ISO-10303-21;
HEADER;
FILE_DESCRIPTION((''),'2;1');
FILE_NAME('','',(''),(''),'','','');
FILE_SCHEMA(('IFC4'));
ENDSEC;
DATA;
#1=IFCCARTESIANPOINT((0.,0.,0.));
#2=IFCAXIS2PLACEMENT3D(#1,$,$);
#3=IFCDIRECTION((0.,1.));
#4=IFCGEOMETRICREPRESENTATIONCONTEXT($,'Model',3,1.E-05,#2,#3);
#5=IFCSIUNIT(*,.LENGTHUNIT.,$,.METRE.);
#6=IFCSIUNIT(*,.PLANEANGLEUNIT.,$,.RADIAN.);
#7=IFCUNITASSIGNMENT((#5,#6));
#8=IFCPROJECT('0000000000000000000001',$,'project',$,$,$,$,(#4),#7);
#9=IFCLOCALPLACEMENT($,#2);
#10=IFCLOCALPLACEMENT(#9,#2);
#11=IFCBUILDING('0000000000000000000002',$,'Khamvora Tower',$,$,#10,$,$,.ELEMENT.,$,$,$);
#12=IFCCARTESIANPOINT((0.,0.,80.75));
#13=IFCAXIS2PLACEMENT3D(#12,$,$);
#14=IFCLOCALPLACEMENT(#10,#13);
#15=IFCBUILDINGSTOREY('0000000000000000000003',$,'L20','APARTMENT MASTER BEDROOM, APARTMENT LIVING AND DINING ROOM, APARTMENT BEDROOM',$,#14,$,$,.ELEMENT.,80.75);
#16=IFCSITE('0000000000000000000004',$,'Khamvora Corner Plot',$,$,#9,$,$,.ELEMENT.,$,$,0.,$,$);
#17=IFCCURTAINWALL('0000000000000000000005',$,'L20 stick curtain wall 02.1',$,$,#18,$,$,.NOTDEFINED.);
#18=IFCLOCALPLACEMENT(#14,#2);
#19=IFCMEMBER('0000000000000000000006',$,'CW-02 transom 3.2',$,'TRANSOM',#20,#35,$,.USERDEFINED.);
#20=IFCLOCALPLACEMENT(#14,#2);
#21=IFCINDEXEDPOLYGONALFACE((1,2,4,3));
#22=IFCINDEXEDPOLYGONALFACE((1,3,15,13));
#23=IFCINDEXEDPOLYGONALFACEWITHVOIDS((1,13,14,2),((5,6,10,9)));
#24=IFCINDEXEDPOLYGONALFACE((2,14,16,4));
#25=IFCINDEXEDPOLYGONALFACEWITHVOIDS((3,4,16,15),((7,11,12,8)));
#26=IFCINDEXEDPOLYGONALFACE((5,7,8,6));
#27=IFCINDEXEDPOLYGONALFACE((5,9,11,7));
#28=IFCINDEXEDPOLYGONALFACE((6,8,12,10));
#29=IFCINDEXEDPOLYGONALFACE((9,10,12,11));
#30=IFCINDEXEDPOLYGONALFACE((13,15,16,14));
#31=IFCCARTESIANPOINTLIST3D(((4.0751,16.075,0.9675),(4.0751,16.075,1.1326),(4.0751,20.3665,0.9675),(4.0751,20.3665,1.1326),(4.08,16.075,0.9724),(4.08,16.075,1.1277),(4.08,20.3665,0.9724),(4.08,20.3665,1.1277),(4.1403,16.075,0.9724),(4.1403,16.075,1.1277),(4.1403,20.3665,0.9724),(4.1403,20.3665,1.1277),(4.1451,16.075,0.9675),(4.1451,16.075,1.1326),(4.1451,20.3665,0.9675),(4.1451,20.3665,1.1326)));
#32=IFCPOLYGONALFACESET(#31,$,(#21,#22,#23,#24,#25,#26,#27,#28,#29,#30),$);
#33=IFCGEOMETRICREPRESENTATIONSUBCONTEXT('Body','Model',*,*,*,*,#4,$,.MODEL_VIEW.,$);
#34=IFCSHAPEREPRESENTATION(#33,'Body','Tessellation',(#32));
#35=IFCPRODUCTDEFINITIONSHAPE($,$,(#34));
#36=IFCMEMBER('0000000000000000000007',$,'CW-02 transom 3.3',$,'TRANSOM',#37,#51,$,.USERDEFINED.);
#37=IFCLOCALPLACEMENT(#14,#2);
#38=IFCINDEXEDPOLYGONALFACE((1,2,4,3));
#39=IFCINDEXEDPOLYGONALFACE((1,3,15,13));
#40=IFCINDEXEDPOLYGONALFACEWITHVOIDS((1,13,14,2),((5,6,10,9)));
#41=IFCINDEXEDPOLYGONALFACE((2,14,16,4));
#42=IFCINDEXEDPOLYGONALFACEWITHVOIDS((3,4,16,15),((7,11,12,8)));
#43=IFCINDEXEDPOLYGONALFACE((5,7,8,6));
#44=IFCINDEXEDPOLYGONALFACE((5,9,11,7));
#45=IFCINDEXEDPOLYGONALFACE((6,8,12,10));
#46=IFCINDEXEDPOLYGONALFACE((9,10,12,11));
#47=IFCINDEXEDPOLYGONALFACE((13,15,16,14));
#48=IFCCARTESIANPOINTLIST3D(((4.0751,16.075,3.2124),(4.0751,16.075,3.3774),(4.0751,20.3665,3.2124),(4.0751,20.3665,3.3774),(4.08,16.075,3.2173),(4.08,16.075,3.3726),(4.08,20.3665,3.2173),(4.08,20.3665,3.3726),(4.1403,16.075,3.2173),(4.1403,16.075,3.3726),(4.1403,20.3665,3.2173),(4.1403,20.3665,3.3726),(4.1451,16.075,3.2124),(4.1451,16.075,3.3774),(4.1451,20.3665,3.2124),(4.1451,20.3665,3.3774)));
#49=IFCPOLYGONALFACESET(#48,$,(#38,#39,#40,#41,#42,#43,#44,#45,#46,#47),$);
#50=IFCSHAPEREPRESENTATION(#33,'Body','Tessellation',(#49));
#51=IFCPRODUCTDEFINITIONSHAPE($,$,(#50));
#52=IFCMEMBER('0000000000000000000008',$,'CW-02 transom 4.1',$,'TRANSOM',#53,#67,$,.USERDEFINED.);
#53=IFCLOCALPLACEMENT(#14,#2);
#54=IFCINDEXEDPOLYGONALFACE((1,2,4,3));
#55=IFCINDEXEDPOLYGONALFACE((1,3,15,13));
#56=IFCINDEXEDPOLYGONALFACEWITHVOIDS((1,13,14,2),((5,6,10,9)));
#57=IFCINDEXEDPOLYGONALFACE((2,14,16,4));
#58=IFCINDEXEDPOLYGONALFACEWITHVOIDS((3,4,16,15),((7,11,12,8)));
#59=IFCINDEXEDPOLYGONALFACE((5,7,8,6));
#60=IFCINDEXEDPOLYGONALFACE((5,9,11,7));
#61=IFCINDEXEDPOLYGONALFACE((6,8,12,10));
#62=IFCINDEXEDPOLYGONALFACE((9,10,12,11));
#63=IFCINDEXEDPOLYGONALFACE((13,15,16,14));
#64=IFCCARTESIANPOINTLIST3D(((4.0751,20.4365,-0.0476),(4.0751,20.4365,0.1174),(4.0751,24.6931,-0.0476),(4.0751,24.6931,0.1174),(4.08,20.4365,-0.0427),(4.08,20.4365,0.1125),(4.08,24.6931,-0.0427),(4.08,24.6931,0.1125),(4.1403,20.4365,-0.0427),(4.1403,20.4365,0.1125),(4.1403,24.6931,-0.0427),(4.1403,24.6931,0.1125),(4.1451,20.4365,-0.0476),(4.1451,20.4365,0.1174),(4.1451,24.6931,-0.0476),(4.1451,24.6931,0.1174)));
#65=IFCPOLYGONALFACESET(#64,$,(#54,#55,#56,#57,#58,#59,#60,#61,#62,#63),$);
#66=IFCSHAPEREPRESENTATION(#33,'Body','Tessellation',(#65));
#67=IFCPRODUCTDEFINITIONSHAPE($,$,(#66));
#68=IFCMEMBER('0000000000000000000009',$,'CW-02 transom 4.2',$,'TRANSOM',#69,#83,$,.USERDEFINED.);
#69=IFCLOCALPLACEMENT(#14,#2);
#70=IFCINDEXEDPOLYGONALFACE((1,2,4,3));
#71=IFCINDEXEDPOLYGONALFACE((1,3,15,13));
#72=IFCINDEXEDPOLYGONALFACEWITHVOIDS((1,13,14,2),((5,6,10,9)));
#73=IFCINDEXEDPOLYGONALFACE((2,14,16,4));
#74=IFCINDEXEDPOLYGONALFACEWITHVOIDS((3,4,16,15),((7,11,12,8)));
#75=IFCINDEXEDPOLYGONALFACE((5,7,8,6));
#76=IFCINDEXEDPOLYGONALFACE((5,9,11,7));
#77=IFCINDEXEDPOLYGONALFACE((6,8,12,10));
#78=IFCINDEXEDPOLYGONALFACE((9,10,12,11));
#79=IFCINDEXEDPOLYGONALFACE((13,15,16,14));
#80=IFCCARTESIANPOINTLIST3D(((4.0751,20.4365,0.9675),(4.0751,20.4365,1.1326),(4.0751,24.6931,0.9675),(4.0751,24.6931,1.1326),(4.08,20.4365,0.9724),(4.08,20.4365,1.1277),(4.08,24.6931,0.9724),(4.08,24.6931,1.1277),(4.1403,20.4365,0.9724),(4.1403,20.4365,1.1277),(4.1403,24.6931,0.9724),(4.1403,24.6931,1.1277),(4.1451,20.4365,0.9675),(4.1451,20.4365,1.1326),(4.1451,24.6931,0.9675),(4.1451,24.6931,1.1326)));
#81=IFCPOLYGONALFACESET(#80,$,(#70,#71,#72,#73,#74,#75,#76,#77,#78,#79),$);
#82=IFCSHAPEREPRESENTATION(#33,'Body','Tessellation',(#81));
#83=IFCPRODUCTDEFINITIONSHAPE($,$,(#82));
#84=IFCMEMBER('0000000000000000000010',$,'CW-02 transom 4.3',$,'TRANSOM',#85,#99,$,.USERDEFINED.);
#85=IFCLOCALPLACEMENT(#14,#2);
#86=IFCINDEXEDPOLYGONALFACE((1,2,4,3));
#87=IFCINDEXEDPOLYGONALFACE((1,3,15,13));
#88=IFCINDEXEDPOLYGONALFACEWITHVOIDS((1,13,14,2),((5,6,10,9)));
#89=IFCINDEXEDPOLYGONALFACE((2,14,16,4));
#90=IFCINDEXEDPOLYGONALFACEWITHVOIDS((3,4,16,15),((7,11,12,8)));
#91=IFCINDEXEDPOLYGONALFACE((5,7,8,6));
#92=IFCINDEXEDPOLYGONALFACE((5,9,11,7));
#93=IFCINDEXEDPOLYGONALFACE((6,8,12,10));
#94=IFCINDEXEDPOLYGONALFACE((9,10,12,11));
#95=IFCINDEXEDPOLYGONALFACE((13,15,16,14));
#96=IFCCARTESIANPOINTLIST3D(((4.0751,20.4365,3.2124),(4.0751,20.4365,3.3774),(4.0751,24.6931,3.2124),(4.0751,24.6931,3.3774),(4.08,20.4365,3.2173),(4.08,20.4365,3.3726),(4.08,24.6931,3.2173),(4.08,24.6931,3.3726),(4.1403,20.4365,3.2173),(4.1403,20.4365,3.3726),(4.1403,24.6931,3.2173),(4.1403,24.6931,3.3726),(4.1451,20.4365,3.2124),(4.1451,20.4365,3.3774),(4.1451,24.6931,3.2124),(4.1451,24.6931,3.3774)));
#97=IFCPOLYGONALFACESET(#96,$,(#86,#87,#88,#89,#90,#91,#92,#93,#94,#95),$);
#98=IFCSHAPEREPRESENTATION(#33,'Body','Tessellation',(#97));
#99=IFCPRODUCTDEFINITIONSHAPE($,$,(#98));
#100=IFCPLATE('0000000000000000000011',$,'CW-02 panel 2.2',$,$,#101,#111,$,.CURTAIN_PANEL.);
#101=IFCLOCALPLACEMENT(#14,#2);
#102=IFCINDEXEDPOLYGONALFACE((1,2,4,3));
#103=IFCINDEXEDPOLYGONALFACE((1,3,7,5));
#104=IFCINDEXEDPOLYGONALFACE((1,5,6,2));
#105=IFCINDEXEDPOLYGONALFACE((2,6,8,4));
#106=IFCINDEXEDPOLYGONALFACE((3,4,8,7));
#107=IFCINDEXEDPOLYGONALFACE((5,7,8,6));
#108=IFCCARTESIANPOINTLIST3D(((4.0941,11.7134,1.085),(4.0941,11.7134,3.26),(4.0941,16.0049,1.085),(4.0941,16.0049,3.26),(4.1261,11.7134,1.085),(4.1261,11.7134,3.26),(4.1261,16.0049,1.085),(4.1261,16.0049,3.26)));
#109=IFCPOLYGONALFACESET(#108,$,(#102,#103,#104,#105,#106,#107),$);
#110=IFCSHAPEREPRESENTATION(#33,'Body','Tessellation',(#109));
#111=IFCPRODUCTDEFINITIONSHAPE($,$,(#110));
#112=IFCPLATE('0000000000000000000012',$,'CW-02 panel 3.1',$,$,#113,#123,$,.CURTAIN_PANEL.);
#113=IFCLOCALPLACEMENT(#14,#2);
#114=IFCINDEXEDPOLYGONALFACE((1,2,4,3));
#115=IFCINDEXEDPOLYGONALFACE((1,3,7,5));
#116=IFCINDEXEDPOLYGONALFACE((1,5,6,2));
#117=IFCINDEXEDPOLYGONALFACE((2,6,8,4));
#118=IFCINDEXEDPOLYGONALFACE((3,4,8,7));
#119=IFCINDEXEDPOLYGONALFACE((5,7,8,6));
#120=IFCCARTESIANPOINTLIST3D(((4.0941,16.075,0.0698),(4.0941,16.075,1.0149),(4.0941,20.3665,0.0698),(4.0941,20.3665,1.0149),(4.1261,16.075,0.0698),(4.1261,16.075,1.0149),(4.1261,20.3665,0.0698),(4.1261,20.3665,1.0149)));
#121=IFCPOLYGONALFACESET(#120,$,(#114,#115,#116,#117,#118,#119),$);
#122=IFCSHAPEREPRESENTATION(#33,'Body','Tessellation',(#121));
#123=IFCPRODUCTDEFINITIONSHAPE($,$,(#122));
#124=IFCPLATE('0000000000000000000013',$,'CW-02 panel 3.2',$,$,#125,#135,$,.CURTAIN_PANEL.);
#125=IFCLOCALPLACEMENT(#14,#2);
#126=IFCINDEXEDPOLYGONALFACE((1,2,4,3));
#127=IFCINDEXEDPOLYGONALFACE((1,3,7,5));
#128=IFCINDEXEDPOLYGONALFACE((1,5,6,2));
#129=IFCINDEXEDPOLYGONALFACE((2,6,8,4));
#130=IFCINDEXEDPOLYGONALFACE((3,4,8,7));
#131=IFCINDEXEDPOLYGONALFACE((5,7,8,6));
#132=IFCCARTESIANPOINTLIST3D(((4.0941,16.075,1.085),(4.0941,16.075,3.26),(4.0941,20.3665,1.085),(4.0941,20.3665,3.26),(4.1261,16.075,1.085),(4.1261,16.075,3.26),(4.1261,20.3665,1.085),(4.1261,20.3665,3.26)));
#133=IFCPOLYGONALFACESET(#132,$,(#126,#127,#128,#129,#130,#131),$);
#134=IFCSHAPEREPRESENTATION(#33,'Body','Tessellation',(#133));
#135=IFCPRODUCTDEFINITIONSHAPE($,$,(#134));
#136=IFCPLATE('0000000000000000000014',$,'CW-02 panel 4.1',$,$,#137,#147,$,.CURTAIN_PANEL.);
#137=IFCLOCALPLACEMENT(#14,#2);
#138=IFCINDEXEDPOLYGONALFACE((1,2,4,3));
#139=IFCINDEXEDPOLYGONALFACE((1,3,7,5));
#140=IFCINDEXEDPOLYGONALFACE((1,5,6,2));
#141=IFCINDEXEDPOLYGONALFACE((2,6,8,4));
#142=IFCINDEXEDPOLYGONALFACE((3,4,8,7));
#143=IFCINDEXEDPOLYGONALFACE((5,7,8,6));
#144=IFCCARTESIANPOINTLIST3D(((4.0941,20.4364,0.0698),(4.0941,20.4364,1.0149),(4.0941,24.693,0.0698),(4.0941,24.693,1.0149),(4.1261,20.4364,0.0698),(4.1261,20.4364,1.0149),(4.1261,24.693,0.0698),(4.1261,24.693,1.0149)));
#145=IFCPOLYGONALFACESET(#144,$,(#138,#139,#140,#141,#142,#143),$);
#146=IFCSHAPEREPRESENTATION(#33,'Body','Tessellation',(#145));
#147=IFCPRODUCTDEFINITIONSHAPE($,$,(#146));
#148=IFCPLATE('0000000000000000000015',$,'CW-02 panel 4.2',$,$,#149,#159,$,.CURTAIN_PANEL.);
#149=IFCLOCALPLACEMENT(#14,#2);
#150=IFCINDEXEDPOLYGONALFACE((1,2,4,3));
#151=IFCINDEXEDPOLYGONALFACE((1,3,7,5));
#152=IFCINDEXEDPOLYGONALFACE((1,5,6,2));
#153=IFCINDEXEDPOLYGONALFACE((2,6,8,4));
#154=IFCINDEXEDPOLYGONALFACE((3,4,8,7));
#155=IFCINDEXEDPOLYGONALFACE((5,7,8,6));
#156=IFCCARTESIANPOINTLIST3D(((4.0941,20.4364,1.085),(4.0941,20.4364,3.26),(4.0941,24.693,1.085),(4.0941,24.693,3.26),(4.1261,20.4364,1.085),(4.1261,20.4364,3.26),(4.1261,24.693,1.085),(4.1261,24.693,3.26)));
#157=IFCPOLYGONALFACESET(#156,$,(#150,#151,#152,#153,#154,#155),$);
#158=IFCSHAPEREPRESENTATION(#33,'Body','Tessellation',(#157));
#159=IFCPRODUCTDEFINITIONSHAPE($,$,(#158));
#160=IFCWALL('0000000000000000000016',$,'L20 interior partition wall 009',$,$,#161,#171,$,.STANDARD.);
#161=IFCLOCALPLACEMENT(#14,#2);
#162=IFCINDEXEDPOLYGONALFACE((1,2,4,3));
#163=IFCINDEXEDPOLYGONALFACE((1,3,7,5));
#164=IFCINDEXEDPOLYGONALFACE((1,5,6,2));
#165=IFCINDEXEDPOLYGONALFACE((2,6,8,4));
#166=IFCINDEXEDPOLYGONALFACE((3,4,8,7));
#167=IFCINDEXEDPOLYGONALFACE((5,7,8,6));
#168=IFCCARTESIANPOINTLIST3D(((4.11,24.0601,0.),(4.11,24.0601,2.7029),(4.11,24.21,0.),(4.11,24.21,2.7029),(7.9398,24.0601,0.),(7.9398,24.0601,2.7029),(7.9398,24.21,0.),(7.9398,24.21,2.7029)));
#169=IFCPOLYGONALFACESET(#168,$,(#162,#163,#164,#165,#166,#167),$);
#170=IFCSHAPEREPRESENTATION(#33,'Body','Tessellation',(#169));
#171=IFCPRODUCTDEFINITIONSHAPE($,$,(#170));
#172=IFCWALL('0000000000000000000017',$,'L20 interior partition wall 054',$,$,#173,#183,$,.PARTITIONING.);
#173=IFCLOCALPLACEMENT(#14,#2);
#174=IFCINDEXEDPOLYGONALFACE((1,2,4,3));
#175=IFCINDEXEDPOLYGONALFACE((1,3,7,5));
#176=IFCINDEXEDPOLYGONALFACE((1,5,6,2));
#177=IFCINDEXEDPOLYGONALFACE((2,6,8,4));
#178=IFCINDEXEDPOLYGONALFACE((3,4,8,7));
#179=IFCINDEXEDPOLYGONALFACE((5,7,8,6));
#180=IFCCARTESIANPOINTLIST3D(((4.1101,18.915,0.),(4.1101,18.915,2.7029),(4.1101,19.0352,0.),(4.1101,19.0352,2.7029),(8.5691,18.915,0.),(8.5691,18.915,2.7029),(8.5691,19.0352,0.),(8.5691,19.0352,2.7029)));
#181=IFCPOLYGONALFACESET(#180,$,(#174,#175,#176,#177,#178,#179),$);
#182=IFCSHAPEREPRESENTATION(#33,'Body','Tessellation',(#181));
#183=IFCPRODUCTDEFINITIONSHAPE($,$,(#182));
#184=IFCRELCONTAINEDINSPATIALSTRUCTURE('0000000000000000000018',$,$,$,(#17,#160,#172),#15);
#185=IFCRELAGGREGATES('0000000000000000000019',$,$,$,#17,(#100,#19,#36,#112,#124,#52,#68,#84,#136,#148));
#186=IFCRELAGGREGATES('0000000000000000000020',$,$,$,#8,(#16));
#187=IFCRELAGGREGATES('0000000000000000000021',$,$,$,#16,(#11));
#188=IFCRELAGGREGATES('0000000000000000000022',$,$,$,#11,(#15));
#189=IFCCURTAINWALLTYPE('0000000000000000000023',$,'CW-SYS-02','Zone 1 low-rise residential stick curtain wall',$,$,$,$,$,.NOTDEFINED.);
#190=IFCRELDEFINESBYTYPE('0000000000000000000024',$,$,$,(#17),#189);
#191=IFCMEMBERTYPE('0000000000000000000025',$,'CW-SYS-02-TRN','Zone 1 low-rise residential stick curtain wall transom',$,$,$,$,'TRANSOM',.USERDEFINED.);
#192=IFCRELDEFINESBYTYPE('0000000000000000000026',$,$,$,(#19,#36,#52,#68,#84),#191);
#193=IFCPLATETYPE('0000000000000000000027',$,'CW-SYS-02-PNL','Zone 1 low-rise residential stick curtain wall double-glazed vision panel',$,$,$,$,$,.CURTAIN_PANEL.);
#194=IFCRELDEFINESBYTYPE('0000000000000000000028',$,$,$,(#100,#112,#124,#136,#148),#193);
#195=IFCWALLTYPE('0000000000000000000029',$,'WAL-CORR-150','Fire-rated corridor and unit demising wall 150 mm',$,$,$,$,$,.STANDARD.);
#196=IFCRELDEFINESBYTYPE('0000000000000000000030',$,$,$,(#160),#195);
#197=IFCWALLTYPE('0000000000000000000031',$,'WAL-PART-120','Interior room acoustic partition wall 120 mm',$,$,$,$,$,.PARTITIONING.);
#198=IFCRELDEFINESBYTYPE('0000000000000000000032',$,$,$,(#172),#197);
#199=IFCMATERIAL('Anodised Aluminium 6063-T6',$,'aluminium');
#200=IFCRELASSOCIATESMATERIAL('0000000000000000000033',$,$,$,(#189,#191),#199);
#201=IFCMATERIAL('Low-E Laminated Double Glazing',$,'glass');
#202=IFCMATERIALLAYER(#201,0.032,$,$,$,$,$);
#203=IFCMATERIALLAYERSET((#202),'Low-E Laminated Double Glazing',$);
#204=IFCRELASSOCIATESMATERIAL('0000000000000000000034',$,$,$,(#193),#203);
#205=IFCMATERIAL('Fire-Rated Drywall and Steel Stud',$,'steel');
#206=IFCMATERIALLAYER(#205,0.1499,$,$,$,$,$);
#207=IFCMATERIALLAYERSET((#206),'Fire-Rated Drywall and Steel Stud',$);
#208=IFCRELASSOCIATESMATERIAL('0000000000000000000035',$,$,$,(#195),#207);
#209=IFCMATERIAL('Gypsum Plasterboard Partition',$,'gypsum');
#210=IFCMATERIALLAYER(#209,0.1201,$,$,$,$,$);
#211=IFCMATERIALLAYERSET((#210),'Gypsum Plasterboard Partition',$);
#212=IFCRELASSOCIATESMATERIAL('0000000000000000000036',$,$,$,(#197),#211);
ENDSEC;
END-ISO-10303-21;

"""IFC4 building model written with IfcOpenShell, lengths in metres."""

from ifc_helpers import new_model, si_unit, direction, frame, frame_2d, origin, origin_2d, place, context, subcontext, project, spatial, rectangle, hollow_rectangle, extrude, material, layer, layer_set, material_profile, profile_set, type_object, element, aggregate, save


model = new_model("IFC4")

# Units and contexts
model_context = context("Model", 3, precision=1e-05, world=origin(), true_north=direction((0.0, 1.0)))
body_context = subcontext(model_context, "Body", "Model", "MODEL_VIEW")
ifc_project = project(units=[si_unit("LENGTHUNIT", "METRE"), si_unit("PLANEANGLEUNIT", "RADIAN")], contexts=[model_context])

# Site, building, storey
site_placement = place(None, origin())
site = spatial("IfcSite", under=ifc_project, at=site_placement, Name="Khamvora Corner Plot", CompositionType="ELEMENT", RefElevation=0.0)
building_placement = place(site_placement, origin())
building = spatial("IfcBuilding", under=site, at=building_placement, Name="Khamvora Tower", CompositionType="ELEMENT")
storey_placement = place(building_placement, frame((0.0, 0.0, 80.75)))
storey = spatial("IfcBuildingStorey", under=building, at=storey_placement, Name="L20", Description="APARTMENT MASTER BEDROOM, APARTMENT LIVING AND DINING ROOM, APARTMENT BEDROOM", CompositionType="ELEMENT", Elevation=80.75)

# Curtain wall, members, plates
ifc_material_1 = material(Name="Anodised Aluminium 6063-T6", Category="aluminium")
curtain_wall_type = type_object("IfcCurtainWallType", Name="CW-SYS-02", Description="Zone 1 low-rise residential stick curtain wall", PredefinedType="NOTDEFINED", material=ifc_material_1)
curtain_wall_placement = place(storey_placement, origin())
curtain_wall = element("IfcCurtainWall", 1, at=curtain_wall_placement, inside=storey, type_object=curtain_wall_type, Name="L20 stick curtain wall 02.1", PredefinedType="NOTDEFINED")
ifc_material_profile_1 = material_profile(ifc_material_1, hollow_rectangle(XDim=0.0701, YDim=0.165, WallThickness=0.0049, at=origin_2d()), Name="TRN70x165x5")
ifc_profile_set_1 = profile_set([ifc_material_profile_1], Name="Anodised Aluminium 6063-T6")
member_type_1 = type_object("IfcMemberType", Name="CW-SYS-02-TRN", Description="Zone 1 low-rise residential stick curtain wall transom", ElementType="TRANSOM", PredefinedType="USERDEFINED", material=ifc_profile_set_1)
member_1_placement = place(storey_placement, frame((4.1101, 16.075, 1.05), z_axis=(0.0, 1.0, 0.0), x_axis=(-1.0, 0.0, 0.0)))
member_1 = element("IfcMember", 2, at=member_1_placement, type_object=member_type_1, Name="CW-02 transom 3.2", ObjectType="TRANSOM", PredefinedType="USERDEFINED", context=body_context, shape_type="SweptSolid", body=[
    extrude(hollow_rectangle(XDim=0.0701, YDim=0.165, WallThickness=0.0049, at=origin_2d()), origin(), (0.0, 0.0, 1.0), 4.2915),
])
member_2_placement = place(storey_placement, frame((4.1101, 16.075, 3.2949), z_axis=(0.0, 1.0, 0.0), x_axis=(-1.0, 0.0, 0.0)))
member_2 = element("IfcMember", 3, at=member_2_placement, type_object=member_type_1, Name="CW-02 transom 3.3", ObjectType="TRANSOM", PredefinedType="USERDEFINED", context=body_context, shape_type="SweptSolid", body=[
    extrude(hollow_rectangle(XDim=0.0701, YDim=0.165, WallThickness=0.0049, at=origin_2d()), origin(), (0.0, 0.0, 1.0), 4.2915),
])
member_3_placement = place(storey_placement, frame((4.1101, 20.4365, 0.0349), z_axis=(0.0, 1.0, 0.0), x_axis=(-1.0, 0.0, 0.0)))
member_3 = element("IfcMember", 4, at=member_3_placement, type_object=member_type_1, Name="CW-02 transom 4.1", ObjectType="TRANSOM", PredefinedType="USERDEFINED", context=body_context, shape_type="SweptSolid", body=[
    extrude(hollow_rectangle(XDim=0.0701, YDim=0.165, WallThickness=0.0049, at=origin_2d()), origin(), (0.0, 0.0, 1.0), 4.2566),
])
member_4_placement = place(storey_placement, frame((4.1101, 20.4365, 1.05), z_axis=(0.0, 1.0, 0.0), x_axis=(-1.0, 0.0, 0.0)))
member_4 = element("IfcMember", 5, at=member_4_placement, type_object=member_type_1, Name="CW-02 transom 4.2", ObjectType="TRANSOM", PredefinedType="USERDEFINED", context=body_context, shape_type="SweptSolid", body=[
    extrude(hollow_rectangle(XDim=0.0701, YDim=0.165, WallThickness=0.0049, at=origin_2d()), origin(), (0.0, 0.0, 1.0), 4.2566),
])
member_5_placement = place(storey_placement, frame((4.1101, 20.4365, 3.2949), z_axis=(0.0, 1.0, 0.0), x_axis=(-1.0, 0.0, 0.0)))
member_5 = element("IfcMember", 6, at=member_5_placement, type_object=member_type_1, Name="CW-02 transom 4.3", ObjectType="TRANSOM", PredefinedType="USERDEFINED", context=body_context, shape_type="SweptSolid", body=[
    extrude(hollow_rectangle(XDim=0.0701, YDim=0.165, WallThickness=0.0049, at=origin_2d()), origin(), (0.0, 0.0, 1.0), 4.2566),
])
ifc_material_2 = material(Name="Low-E Laminated Double Glazing", Category="glass")
ifc_layer_1 = layer(ifc_material_2, 0.032)
ifc_layer_set_1 = layer_set([ifc_layer_1], Name="Low-E Laminated Double Glazing")
plate_type = type_object("IfcPlateType", Name="CW-SYS-02-PNL", Description="Zone 1 low-rise residential stick curtain wall double-glazed vision panel", PredefinedType="CURTAIN_PANEL", material=ifc_layer_set_1)
plate_1_placement = place(storey_placement, frame((4.1101, 13.8591, 1.085), z_axis=(0.0, 0.0, 1.0), x_axis=(0.0, 1.0, 0.0)))
plate_1 = element("IfcPlate", 7, at=plate_1_placement, type_object=plate_type, Name="CW-02 panel 2.2", PredefinedType="CURTAIN_PANEL", context=body_context, shape_type="SweptSolid", body=[
    extrude(rectangle(XDim=4.2915, YDim=0.032, at=origin_2d()), origin(), (0.0, 0.0, 1.0), 2.175),
])
plate_2_placement = place(storey_placement, frame((4.1101, 18.2207, 0.0698), z_axis=(0.0, 0.0, 1.0), x_axis=(0.0, 1.0, 0.0)))
plate_2 = element("IfcPlate", 8, at=plate_2_placement, type_object=plate_type, Name="CW-02 panel 3.1", PredefinedType="CURTAIN_PANEL", context=body_context, shape_type="SweptSolid", body=[
    extrude(rectangle(XDim=4.2915, YDim=0.032, at=origin_2d()), origin(), (0.0, 0.0, 1.0), 0.9451),
])
plate_3_placement = place(storey_placement, frame((4.1101, 18.2207, 1.085), z_axis=(0.0, 0.0, 1.0), x_axis=(0.0, 1.0, 0.0)))
plate_3 = element("IfcPlate", 9, at=plate_3_placement, type_object=plate_type, Name="CW-02 panel 3.2", PredefinedType="CURTAIN_PANEL", context=body_context, shape_type="SweptSolid", body=[
    extrude(rectangle(XDim=4.2915, YDim=0.032, at=origin_2d()), origin(), (0.0, 0.0, 1.0), 2.175),
])
plate_4_placement = place(storey_placement, frame((4.1101, 22.5647, 0.0698), z_axis=(0.0, 0.0, 1.0), x_axis=(0.0, 1.0, 0.0)))
plate_4 = element("IfcPlate", 10, at=plate_4_placement, type_object=plate_type, Name="CW-02 panel 4.1", PredefinedType="CURTAIN_PANEL", context=body_context, shape_type="SweptSolid", body=[
    extrude(rectangle(XDim=4.2566, YDim=0.032, at=origin_2d()), origin(), (0.0, 0.0, 1.0), 0.9451),
])
plate_5_placement = place(storey_placement, frame((4.1101, 22.5647, 1.085), z_axis=(0.0, 0.0, 1.0), x_axis=(0.0, 1.0, 0.0)))
plate_5 = element("IfcPlate", 11, at=plate_5_placement, type_object=plate_type, Name="CW-02 panel 4.2", PredefinedType="CURTAIN_PANEL", context=body_context, shape_type="SweptSolid", body=[
    extrude(rectangle(XDim=4.2566, YDim=0.032, at=origin_2d()), origin(), (0.0, 0.0, 1.0), 2.175),
])
aggregate(curtain_wall, [plate_1, member_1, member_2, plate_2, plate_3, member_3, member_4, member_5, plate_4, plate_5])

# Walls
ifc_material_3 = material(Name="Fire-Rated Drywall and Steel Stud", Category="steel")
ifc_layer_2 = layer(ifc_material_3, 0.1499)
ifc_layer_set_2 = layer_set([ifc_layer_2], Name="Fire-Rated Drywall and Steel Stud")
wall_type_1 = type_object("IfcWallType", Name="WAL-CORR-150", Description="Fire-rated corridor and unit demising wall 150 mm", PredefinedType="STANDARD", material=ifc_layer_set_2)
wall_1_placement = place(storey_placement, frame((7.9399, 24.135, 0.0), z_axis=(0.0, 0.0, 1.0), x_axis=(-1.0, 0.0, 0.0)))
element("IfcWall", 12, at=wall_1_placement, inside=storey, type_object=wall_type_1, Name="L20 interior partition wall 009", PredefinedType="STANDARD", context=body_context, shape_type="SweptSolid", body=[
    extrude(rectangle(XDim=3.8298, YDim=0.1499, at=frame_2d((1.915, 0.0))), origin(), (0.0, 0.0, 1.0), 2.7029),
])
ifc_material_4 = material(Name="Gypsum Plasterboard Partition", Category="gypsum")
ifc_layer_3 = layer(ifc_material_4, 0.1201)
ifc_layer_set_3 = layer_set([ifc_layer_3], Name="Gypsum Plasterboard Partition")
wall_type_2 = type_object("IfcWallType", Name="WAL-PART-120", Description="Interior room acoustic partition wall 120 mm", PredefinedType="PARTITIONING", material=ifc_layer_set_3)
wall_2_placement = place(storey_placement, frame((8.5691, 18.9751, 0.0), z_axis=(0.0, 0.0, 1.0), x_axis=(-1.0, 0.0, 0.0)))
element("IfcWall", 13, at=wall_2_placement, inside=storey, type_object=wall_type_2, Name="L20 interior partition wall 054", PredefinedType="PARTITIONING", context=body_context, shape_type="SweptSolid", body=[
    extrude(rectangle(XDim=4.459, YDim=0.1201, at=frame_2d((2.2295, 0.0))), origin(), (0.0, 0.0, 1.0), 2.7029),
])

save(model, "model.ifc")
